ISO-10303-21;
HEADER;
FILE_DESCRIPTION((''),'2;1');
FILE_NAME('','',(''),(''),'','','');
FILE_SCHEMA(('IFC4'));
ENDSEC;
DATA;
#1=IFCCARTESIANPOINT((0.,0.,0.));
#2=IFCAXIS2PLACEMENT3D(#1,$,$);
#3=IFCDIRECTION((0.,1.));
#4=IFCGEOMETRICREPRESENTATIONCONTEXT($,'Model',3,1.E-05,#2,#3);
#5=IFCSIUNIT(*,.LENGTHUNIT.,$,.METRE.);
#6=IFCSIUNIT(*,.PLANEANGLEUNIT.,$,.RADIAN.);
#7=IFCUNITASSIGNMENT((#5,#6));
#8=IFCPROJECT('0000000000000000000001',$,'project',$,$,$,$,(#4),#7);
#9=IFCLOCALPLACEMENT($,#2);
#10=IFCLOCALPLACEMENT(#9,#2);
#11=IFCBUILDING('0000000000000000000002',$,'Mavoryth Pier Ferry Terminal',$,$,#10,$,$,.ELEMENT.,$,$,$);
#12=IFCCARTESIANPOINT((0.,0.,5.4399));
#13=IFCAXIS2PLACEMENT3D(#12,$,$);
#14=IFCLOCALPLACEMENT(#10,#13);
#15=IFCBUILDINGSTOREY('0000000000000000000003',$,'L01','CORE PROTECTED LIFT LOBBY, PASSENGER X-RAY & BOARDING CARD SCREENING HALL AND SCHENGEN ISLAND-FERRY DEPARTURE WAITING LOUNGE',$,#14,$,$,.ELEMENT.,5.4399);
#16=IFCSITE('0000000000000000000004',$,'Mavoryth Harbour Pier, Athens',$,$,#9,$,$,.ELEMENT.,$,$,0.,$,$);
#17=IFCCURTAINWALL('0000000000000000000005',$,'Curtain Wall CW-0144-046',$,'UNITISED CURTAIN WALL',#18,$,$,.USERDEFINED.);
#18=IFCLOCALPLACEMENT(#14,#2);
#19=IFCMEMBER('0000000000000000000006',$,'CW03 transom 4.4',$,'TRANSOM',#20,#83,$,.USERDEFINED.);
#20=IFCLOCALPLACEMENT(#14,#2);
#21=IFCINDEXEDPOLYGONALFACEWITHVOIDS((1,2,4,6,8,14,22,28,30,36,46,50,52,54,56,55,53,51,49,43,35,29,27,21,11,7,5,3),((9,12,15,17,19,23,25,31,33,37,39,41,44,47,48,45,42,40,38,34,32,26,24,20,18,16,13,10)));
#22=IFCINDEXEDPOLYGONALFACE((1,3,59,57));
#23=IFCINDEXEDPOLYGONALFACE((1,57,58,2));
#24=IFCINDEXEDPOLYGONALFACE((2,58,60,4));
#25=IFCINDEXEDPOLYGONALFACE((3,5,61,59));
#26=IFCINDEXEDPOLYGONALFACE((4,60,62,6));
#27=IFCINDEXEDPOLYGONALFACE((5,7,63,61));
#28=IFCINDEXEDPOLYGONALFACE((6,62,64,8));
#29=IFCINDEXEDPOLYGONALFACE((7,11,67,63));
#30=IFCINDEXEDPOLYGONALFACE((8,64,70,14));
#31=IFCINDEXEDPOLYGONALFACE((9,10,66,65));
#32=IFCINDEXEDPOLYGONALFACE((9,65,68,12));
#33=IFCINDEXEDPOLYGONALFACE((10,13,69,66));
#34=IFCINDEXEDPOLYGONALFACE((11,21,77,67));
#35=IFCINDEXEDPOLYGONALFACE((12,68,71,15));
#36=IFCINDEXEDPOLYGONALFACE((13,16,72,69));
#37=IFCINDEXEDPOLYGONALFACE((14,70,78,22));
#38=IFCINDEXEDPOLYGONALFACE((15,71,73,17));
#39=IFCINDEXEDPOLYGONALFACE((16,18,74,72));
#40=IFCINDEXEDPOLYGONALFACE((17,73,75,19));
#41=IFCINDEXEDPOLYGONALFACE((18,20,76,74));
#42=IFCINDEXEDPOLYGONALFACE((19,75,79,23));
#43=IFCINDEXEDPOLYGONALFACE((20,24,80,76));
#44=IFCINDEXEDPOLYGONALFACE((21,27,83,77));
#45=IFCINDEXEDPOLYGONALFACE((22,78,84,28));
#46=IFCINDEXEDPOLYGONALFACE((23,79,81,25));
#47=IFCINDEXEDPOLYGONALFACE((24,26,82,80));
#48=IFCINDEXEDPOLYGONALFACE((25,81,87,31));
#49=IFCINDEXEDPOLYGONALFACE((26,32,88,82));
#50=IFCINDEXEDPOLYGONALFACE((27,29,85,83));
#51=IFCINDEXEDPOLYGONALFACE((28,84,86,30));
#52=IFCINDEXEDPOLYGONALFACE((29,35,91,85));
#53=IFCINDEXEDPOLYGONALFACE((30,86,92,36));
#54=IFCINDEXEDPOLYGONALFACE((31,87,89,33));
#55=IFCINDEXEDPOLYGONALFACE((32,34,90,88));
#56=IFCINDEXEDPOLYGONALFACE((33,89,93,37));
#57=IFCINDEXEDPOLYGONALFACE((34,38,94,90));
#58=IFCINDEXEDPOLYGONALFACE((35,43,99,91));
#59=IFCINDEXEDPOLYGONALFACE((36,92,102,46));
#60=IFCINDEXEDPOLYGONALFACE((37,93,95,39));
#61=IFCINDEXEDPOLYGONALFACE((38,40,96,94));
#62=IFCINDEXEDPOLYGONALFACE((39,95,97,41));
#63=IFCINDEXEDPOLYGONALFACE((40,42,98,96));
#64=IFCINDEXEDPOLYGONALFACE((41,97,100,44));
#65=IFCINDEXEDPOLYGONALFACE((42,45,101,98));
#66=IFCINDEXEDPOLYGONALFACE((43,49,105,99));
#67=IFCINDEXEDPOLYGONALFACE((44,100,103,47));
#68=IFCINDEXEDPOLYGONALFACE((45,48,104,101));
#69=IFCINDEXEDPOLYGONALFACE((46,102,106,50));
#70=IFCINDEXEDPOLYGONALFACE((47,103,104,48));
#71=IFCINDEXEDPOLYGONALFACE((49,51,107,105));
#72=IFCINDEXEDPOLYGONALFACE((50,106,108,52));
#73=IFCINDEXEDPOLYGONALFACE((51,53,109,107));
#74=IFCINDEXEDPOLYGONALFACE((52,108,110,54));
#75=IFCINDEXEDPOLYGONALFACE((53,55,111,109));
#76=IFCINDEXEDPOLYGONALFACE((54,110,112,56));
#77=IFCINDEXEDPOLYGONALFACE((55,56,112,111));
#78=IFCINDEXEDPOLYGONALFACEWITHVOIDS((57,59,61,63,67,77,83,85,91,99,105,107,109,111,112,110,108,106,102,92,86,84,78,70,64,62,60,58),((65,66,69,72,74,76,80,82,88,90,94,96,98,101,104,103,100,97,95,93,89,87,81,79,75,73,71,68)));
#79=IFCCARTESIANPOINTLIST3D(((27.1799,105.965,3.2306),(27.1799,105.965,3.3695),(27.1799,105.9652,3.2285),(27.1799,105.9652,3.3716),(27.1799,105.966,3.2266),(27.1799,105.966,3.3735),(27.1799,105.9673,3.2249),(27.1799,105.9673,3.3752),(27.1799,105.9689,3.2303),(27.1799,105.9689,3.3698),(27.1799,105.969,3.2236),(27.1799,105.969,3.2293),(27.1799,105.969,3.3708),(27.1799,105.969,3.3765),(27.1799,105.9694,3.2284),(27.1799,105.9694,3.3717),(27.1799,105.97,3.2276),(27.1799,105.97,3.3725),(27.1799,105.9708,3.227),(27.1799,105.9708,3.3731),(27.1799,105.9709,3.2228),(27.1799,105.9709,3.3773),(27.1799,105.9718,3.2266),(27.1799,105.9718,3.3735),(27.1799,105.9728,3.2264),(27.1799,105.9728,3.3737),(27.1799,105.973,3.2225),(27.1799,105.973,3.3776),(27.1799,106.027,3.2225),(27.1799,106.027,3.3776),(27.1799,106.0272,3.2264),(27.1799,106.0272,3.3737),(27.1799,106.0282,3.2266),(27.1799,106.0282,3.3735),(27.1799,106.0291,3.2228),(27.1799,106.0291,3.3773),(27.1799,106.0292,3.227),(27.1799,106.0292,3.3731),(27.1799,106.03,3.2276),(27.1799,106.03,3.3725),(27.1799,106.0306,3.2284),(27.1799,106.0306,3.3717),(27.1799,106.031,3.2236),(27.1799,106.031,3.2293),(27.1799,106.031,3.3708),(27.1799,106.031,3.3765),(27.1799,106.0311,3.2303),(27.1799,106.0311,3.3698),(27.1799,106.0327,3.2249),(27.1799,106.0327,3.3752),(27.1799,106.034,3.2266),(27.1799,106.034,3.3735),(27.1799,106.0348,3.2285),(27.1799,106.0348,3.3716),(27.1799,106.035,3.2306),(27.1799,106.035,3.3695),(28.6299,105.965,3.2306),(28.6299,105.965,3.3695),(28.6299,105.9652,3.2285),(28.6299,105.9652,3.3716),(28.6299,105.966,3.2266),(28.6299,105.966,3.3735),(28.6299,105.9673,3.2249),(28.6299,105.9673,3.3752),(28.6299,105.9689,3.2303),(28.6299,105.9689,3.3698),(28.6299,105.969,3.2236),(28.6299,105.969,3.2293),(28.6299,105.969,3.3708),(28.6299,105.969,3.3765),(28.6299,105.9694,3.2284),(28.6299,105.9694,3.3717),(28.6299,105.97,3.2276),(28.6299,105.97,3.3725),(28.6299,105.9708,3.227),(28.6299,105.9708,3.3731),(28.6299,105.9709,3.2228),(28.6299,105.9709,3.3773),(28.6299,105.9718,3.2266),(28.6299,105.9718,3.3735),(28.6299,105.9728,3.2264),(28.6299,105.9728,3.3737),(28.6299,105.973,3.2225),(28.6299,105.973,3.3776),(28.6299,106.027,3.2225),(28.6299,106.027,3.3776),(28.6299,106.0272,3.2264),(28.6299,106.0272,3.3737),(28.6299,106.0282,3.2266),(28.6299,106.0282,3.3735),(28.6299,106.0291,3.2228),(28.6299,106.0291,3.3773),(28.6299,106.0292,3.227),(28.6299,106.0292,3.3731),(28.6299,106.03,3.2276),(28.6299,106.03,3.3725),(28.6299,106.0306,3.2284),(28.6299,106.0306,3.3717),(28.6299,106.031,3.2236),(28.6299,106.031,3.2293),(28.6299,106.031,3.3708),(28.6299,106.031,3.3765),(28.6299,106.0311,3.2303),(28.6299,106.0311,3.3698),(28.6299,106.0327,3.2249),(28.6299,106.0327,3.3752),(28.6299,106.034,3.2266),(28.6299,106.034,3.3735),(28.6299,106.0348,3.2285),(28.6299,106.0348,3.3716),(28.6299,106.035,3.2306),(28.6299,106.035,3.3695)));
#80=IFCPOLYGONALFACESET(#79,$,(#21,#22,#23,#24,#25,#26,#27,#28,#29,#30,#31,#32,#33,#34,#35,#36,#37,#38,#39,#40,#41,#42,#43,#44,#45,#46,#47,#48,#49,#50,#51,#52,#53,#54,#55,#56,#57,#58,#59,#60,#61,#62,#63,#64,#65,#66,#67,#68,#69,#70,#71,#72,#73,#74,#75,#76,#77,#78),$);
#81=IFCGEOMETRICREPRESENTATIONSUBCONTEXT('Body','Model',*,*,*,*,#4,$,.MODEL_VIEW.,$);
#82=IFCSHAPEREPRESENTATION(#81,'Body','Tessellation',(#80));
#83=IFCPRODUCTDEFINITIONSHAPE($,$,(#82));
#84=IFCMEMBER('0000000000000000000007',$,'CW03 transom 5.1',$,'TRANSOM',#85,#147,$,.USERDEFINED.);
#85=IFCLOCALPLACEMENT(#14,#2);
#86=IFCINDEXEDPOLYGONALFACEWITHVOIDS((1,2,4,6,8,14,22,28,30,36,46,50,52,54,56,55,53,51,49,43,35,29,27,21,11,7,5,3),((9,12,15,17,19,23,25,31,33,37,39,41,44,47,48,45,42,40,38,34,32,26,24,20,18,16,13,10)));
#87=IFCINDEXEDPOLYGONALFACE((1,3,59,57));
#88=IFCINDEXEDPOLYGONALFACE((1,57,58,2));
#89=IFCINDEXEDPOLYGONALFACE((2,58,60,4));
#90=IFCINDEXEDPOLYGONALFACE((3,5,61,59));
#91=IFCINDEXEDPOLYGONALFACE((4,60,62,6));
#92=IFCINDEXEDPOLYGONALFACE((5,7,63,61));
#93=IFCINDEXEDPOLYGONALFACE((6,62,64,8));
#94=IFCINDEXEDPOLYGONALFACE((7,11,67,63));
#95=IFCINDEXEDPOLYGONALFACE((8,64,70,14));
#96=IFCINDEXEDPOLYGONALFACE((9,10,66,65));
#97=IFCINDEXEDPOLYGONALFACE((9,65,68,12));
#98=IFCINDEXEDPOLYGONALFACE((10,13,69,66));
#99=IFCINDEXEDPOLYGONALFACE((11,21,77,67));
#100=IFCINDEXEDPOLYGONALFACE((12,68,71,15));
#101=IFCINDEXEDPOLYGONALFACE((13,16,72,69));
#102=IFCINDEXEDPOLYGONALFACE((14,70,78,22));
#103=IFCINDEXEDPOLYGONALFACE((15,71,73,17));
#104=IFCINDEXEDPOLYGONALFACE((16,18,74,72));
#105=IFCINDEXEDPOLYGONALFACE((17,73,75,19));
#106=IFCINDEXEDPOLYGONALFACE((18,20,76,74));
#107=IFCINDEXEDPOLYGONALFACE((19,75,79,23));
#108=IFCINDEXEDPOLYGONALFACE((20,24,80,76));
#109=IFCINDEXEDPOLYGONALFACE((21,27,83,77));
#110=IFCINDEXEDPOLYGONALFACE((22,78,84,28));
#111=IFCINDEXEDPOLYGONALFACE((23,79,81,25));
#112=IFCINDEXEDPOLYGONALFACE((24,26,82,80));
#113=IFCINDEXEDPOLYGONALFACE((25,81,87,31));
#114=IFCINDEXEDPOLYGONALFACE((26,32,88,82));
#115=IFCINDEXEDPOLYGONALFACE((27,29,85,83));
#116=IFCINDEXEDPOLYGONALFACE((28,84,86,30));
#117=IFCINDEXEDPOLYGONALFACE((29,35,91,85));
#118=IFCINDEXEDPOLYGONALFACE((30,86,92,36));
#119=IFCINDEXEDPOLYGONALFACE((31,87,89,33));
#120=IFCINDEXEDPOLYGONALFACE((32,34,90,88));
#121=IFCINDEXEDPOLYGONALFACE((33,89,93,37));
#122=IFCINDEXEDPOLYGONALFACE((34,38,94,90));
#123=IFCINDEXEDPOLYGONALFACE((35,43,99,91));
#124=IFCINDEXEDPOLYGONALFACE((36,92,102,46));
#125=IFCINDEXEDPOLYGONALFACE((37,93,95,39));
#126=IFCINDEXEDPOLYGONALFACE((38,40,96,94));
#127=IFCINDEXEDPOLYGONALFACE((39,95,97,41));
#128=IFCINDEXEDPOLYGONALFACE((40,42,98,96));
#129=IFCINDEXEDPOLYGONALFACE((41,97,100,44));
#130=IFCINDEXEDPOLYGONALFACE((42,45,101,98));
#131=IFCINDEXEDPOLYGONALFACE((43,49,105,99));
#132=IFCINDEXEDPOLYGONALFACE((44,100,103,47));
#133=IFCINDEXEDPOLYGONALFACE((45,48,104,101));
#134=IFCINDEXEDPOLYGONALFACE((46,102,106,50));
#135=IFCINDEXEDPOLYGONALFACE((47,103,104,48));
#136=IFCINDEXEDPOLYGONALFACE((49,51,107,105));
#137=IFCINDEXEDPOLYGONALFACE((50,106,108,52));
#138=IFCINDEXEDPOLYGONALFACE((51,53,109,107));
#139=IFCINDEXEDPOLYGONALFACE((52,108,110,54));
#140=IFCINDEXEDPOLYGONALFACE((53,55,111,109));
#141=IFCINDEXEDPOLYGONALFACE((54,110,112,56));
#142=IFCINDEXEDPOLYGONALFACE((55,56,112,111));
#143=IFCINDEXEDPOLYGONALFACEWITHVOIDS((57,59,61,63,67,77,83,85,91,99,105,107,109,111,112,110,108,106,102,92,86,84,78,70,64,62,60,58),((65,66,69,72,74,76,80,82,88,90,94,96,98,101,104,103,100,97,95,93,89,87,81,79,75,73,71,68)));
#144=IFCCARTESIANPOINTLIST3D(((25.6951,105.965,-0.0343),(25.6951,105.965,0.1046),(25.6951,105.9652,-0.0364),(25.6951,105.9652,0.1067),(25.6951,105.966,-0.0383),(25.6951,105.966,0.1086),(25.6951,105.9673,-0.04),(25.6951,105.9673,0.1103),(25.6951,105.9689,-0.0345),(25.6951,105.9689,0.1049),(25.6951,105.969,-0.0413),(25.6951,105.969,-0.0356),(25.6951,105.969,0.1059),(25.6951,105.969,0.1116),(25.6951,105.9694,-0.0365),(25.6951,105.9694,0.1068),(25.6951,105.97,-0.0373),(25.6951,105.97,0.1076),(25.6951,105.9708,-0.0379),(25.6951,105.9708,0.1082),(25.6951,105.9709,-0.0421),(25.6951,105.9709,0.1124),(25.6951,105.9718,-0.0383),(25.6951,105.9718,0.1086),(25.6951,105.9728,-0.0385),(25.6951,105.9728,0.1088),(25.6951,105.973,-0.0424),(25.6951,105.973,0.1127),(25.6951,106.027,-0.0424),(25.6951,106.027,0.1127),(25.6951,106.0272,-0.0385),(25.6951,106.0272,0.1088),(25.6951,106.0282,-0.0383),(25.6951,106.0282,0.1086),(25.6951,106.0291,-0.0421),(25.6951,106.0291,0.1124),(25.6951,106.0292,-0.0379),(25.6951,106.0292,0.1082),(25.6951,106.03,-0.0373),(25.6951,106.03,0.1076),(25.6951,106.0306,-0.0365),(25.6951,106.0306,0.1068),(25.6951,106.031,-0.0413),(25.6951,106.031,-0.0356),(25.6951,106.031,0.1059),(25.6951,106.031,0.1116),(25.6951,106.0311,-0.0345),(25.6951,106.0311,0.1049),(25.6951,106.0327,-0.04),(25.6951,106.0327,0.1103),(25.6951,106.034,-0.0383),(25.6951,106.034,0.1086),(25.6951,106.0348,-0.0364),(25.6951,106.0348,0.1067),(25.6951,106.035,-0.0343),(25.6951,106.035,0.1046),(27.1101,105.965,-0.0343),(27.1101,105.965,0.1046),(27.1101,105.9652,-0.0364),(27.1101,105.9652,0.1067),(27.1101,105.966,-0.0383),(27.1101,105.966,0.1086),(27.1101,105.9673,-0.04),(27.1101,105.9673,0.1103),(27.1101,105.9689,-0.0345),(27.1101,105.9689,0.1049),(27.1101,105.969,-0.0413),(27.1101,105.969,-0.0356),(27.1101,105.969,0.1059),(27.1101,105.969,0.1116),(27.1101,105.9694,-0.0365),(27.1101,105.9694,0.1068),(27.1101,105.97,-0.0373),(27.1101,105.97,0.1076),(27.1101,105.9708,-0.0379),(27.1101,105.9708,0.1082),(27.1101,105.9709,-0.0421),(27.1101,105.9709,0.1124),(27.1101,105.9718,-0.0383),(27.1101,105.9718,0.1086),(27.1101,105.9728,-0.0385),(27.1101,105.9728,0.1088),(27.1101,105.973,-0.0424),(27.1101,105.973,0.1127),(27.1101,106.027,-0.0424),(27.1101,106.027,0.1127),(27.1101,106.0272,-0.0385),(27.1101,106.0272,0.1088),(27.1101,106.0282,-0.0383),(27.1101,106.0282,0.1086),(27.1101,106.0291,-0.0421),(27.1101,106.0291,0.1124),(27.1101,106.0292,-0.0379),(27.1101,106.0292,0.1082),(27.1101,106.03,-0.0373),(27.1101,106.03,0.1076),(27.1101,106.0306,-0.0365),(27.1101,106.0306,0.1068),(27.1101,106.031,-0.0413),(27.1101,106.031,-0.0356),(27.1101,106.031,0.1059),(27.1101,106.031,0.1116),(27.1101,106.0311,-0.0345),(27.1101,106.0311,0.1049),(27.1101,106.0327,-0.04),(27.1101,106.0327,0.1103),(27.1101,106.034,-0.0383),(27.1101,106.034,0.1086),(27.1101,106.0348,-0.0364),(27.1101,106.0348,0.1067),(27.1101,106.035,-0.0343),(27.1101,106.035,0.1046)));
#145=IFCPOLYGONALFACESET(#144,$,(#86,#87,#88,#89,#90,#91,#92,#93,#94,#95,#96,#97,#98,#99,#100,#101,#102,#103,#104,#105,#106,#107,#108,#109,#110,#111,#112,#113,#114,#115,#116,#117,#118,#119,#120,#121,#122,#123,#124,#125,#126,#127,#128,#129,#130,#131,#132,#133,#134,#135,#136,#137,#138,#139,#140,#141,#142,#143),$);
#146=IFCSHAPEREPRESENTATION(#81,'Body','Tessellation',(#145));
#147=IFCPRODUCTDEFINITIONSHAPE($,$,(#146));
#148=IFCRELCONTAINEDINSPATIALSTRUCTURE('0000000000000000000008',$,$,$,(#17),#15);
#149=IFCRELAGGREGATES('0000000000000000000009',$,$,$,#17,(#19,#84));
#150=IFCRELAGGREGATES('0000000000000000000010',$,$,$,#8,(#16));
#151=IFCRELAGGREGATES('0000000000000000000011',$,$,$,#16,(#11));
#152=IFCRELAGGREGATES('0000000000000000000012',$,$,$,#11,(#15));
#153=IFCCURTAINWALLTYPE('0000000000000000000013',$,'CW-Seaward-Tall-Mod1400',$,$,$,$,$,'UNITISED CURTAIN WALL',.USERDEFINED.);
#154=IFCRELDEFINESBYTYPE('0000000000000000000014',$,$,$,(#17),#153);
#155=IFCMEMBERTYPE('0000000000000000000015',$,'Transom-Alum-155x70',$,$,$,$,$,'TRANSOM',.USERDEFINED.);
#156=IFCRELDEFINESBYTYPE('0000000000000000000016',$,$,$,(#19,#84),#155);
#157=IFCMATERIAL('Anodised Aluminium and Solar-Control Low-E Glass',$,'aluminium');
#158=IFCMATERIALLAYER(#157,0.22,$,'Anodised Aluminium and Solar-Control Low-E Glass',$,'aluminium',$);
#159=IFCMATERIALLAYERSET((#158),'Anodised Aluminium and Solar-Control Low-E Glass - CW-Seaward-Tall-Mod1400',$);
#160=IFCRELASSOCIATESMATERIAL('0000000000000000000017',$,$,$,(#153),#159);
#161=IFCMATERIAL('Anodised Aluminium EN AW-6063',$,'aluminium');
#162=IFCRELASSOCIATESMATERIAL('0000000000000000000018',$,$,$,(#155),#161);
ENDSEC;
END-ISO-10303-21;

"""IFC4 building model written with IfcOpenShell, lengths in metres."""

from ifc_helpers import new_model, si_unit, direction, frame, origin, origin_2d, place, context, subcontext, project, spatial, hollow_rectangle, extrude, material, layer, layer_set, material_profile, profile_set, type_object, element, aggregate, save


model = new_model("IFC4")

# Units and contexts
model_context = context("Model", 3, precision=1e-05, world=origin(), true_north=direction((0.0, 1.0)))
body_context = subcontext(model_context, "Body", "Model", "MODEL_VIEW")
ifc_project = project(units=[si_unit("LENGTHUNIT", "METRE"), si_unit("PLANEANGLEUNIT", "RADIAN")], contexts=[model_context])

# Site, building, storey
site_placement = place(None, origin())
site = spatial("IfcSite", under=ifc_project, at=site_placement, Name="Mavoryth Harbour Pier, Athens", CompositionType="ELEMENT", RefElevation=0.0)
building_placement = place(site_placement, origin())
building = spatial("IfcBuilding", under=site, at=building_placement, Name="Mavoryth Pier Ferry Terminal", CompositionType="ELEMENT")
storey_placement = place(building_placement, frame((0.0, 0.0, 5.4399)))
storey = spatial("IfcBuildingStorey", under=building, at=storey_placement, Name="L01", Description="CORE PROTECTED LIFT LOBBY, PASSENGER X-RAY & BOARDING CARD SCREENING HALL AND SCHENGEN ISLAND-FERRY DEPARTURE WAITING LOUNGE", CompositionType="ELEMENT", Elevation=5.4399)

# Curtain wall
ifc_material_1 = material(Name="Anodised Aluminium and Solar-Control Low-E Glass", Category="aluminium")
ifc_layer_1 = layer(ifc_material_1, 0.22, Name="Anodised Aluminium and Solar-Control Low-E Glass", Category="aluminium")
ifc_layer_set_1 = layer_set([ifc_layer_1], Name="Anodised Aluminium and Solar-Control Low-E Glass - CW-Seaward-Tall-Mod1400")
curtain_wall_type = type_object("IfcCurtainWallType", Name="CW-Seaward-Tall-Mod1400", ElementType="UNITISED CURTAIN WALL", PredefinedType="USERDEFINED", material=ifc_layer_set_1)
ifc_material_2 = material(Name="Anodised Aluminium EN AW-6063", Category="aluminium")
curtain_wall_1_placement = place(storey_placement, origin())
curtain_wall_1 = element("IfcCurtainWall", 1, at=curtain_wall_1_placement, inside=storey, type_object=curtain_wall_type, Name="Curtain Wall CW-0144-046", ObjectType="UNITISED CURTAIN WALL", PredefinedType="USERDEFINED")

# Members
ifc_material_profile_1 = material_profile(ifc_material_2, hollow_rectangle(XDim=0.0701, YDim=0.155, WallThickness=0.0039, InnerFilletRadius=0.0039, OuterFilletRadius=0.0081, at=origin_2d()), Name="AL-TRAN 155x70x4", Category="aluminium")
ifc_profile_set_1 = profile_set([ifc_material_profile_1], Name="Anodised Aluminium EN AW-6063 - AL-TRAN 155x70x4")
member_type_1 = type_object("IfcMemberType", Name="Transom-Alum-155x70", ElementType="TRANSOM", PredefinedType="USERDEFINED", material=ifc_profile_set_1)
member_1_placement = place(storey_placement, frame((28.6299, 106.0, 3.3), z_axis=(-1.0, 0.0, 0.0), x_axis=(0.0, -1.0, 0.0)))
member_1 = element("IfcMember", 2, at=member_1_placement, type_object=member_type_1, Name="CW03 transom 4.4", ObjectType="TRANSOM", PredefinedType="USERDEFINED", context=body_context, shape_type="SweptSolid", body=[
    extrude(hollow_rectangle(XDim=0.0701, YDim=0.155, WallThickness=0.0039, InnerFilletRadius=0.0039, OuterFilletRadius=0.0081, at=origin_2d()), origin(), (0.0, 0.0, 1.0), 1.45),
])
member_2_placement = place(storey_placement, frame((27.1101, 106.0, 0.0352), z_axis=(-1.0, 0.0, 0.0), x_axis=(0.0, -1.0, 0.0)))
member_2 = element("IfcMember", 3, at=member_2_placement, type_object=member_type_1, Name="CW03 transom 5.1", ObjectType="TRANSOM", PredefinedType="USERDEFINED", context=body_context, shape_type="SweptSolid", body=[
    extrude(hollow_rectangle(XDim=0.0701, YDim=0.155, WallThickness=0.0039, InnerFilletRadius=0.0039, OuterFilletRadius=0.0081, at=origin_2d()), origin(), (0.0, 0.0, 1.0), 1.415),
])

aggregate(curtain_wall_1, [member_1, member_2])

save(model, "model.ifc")
